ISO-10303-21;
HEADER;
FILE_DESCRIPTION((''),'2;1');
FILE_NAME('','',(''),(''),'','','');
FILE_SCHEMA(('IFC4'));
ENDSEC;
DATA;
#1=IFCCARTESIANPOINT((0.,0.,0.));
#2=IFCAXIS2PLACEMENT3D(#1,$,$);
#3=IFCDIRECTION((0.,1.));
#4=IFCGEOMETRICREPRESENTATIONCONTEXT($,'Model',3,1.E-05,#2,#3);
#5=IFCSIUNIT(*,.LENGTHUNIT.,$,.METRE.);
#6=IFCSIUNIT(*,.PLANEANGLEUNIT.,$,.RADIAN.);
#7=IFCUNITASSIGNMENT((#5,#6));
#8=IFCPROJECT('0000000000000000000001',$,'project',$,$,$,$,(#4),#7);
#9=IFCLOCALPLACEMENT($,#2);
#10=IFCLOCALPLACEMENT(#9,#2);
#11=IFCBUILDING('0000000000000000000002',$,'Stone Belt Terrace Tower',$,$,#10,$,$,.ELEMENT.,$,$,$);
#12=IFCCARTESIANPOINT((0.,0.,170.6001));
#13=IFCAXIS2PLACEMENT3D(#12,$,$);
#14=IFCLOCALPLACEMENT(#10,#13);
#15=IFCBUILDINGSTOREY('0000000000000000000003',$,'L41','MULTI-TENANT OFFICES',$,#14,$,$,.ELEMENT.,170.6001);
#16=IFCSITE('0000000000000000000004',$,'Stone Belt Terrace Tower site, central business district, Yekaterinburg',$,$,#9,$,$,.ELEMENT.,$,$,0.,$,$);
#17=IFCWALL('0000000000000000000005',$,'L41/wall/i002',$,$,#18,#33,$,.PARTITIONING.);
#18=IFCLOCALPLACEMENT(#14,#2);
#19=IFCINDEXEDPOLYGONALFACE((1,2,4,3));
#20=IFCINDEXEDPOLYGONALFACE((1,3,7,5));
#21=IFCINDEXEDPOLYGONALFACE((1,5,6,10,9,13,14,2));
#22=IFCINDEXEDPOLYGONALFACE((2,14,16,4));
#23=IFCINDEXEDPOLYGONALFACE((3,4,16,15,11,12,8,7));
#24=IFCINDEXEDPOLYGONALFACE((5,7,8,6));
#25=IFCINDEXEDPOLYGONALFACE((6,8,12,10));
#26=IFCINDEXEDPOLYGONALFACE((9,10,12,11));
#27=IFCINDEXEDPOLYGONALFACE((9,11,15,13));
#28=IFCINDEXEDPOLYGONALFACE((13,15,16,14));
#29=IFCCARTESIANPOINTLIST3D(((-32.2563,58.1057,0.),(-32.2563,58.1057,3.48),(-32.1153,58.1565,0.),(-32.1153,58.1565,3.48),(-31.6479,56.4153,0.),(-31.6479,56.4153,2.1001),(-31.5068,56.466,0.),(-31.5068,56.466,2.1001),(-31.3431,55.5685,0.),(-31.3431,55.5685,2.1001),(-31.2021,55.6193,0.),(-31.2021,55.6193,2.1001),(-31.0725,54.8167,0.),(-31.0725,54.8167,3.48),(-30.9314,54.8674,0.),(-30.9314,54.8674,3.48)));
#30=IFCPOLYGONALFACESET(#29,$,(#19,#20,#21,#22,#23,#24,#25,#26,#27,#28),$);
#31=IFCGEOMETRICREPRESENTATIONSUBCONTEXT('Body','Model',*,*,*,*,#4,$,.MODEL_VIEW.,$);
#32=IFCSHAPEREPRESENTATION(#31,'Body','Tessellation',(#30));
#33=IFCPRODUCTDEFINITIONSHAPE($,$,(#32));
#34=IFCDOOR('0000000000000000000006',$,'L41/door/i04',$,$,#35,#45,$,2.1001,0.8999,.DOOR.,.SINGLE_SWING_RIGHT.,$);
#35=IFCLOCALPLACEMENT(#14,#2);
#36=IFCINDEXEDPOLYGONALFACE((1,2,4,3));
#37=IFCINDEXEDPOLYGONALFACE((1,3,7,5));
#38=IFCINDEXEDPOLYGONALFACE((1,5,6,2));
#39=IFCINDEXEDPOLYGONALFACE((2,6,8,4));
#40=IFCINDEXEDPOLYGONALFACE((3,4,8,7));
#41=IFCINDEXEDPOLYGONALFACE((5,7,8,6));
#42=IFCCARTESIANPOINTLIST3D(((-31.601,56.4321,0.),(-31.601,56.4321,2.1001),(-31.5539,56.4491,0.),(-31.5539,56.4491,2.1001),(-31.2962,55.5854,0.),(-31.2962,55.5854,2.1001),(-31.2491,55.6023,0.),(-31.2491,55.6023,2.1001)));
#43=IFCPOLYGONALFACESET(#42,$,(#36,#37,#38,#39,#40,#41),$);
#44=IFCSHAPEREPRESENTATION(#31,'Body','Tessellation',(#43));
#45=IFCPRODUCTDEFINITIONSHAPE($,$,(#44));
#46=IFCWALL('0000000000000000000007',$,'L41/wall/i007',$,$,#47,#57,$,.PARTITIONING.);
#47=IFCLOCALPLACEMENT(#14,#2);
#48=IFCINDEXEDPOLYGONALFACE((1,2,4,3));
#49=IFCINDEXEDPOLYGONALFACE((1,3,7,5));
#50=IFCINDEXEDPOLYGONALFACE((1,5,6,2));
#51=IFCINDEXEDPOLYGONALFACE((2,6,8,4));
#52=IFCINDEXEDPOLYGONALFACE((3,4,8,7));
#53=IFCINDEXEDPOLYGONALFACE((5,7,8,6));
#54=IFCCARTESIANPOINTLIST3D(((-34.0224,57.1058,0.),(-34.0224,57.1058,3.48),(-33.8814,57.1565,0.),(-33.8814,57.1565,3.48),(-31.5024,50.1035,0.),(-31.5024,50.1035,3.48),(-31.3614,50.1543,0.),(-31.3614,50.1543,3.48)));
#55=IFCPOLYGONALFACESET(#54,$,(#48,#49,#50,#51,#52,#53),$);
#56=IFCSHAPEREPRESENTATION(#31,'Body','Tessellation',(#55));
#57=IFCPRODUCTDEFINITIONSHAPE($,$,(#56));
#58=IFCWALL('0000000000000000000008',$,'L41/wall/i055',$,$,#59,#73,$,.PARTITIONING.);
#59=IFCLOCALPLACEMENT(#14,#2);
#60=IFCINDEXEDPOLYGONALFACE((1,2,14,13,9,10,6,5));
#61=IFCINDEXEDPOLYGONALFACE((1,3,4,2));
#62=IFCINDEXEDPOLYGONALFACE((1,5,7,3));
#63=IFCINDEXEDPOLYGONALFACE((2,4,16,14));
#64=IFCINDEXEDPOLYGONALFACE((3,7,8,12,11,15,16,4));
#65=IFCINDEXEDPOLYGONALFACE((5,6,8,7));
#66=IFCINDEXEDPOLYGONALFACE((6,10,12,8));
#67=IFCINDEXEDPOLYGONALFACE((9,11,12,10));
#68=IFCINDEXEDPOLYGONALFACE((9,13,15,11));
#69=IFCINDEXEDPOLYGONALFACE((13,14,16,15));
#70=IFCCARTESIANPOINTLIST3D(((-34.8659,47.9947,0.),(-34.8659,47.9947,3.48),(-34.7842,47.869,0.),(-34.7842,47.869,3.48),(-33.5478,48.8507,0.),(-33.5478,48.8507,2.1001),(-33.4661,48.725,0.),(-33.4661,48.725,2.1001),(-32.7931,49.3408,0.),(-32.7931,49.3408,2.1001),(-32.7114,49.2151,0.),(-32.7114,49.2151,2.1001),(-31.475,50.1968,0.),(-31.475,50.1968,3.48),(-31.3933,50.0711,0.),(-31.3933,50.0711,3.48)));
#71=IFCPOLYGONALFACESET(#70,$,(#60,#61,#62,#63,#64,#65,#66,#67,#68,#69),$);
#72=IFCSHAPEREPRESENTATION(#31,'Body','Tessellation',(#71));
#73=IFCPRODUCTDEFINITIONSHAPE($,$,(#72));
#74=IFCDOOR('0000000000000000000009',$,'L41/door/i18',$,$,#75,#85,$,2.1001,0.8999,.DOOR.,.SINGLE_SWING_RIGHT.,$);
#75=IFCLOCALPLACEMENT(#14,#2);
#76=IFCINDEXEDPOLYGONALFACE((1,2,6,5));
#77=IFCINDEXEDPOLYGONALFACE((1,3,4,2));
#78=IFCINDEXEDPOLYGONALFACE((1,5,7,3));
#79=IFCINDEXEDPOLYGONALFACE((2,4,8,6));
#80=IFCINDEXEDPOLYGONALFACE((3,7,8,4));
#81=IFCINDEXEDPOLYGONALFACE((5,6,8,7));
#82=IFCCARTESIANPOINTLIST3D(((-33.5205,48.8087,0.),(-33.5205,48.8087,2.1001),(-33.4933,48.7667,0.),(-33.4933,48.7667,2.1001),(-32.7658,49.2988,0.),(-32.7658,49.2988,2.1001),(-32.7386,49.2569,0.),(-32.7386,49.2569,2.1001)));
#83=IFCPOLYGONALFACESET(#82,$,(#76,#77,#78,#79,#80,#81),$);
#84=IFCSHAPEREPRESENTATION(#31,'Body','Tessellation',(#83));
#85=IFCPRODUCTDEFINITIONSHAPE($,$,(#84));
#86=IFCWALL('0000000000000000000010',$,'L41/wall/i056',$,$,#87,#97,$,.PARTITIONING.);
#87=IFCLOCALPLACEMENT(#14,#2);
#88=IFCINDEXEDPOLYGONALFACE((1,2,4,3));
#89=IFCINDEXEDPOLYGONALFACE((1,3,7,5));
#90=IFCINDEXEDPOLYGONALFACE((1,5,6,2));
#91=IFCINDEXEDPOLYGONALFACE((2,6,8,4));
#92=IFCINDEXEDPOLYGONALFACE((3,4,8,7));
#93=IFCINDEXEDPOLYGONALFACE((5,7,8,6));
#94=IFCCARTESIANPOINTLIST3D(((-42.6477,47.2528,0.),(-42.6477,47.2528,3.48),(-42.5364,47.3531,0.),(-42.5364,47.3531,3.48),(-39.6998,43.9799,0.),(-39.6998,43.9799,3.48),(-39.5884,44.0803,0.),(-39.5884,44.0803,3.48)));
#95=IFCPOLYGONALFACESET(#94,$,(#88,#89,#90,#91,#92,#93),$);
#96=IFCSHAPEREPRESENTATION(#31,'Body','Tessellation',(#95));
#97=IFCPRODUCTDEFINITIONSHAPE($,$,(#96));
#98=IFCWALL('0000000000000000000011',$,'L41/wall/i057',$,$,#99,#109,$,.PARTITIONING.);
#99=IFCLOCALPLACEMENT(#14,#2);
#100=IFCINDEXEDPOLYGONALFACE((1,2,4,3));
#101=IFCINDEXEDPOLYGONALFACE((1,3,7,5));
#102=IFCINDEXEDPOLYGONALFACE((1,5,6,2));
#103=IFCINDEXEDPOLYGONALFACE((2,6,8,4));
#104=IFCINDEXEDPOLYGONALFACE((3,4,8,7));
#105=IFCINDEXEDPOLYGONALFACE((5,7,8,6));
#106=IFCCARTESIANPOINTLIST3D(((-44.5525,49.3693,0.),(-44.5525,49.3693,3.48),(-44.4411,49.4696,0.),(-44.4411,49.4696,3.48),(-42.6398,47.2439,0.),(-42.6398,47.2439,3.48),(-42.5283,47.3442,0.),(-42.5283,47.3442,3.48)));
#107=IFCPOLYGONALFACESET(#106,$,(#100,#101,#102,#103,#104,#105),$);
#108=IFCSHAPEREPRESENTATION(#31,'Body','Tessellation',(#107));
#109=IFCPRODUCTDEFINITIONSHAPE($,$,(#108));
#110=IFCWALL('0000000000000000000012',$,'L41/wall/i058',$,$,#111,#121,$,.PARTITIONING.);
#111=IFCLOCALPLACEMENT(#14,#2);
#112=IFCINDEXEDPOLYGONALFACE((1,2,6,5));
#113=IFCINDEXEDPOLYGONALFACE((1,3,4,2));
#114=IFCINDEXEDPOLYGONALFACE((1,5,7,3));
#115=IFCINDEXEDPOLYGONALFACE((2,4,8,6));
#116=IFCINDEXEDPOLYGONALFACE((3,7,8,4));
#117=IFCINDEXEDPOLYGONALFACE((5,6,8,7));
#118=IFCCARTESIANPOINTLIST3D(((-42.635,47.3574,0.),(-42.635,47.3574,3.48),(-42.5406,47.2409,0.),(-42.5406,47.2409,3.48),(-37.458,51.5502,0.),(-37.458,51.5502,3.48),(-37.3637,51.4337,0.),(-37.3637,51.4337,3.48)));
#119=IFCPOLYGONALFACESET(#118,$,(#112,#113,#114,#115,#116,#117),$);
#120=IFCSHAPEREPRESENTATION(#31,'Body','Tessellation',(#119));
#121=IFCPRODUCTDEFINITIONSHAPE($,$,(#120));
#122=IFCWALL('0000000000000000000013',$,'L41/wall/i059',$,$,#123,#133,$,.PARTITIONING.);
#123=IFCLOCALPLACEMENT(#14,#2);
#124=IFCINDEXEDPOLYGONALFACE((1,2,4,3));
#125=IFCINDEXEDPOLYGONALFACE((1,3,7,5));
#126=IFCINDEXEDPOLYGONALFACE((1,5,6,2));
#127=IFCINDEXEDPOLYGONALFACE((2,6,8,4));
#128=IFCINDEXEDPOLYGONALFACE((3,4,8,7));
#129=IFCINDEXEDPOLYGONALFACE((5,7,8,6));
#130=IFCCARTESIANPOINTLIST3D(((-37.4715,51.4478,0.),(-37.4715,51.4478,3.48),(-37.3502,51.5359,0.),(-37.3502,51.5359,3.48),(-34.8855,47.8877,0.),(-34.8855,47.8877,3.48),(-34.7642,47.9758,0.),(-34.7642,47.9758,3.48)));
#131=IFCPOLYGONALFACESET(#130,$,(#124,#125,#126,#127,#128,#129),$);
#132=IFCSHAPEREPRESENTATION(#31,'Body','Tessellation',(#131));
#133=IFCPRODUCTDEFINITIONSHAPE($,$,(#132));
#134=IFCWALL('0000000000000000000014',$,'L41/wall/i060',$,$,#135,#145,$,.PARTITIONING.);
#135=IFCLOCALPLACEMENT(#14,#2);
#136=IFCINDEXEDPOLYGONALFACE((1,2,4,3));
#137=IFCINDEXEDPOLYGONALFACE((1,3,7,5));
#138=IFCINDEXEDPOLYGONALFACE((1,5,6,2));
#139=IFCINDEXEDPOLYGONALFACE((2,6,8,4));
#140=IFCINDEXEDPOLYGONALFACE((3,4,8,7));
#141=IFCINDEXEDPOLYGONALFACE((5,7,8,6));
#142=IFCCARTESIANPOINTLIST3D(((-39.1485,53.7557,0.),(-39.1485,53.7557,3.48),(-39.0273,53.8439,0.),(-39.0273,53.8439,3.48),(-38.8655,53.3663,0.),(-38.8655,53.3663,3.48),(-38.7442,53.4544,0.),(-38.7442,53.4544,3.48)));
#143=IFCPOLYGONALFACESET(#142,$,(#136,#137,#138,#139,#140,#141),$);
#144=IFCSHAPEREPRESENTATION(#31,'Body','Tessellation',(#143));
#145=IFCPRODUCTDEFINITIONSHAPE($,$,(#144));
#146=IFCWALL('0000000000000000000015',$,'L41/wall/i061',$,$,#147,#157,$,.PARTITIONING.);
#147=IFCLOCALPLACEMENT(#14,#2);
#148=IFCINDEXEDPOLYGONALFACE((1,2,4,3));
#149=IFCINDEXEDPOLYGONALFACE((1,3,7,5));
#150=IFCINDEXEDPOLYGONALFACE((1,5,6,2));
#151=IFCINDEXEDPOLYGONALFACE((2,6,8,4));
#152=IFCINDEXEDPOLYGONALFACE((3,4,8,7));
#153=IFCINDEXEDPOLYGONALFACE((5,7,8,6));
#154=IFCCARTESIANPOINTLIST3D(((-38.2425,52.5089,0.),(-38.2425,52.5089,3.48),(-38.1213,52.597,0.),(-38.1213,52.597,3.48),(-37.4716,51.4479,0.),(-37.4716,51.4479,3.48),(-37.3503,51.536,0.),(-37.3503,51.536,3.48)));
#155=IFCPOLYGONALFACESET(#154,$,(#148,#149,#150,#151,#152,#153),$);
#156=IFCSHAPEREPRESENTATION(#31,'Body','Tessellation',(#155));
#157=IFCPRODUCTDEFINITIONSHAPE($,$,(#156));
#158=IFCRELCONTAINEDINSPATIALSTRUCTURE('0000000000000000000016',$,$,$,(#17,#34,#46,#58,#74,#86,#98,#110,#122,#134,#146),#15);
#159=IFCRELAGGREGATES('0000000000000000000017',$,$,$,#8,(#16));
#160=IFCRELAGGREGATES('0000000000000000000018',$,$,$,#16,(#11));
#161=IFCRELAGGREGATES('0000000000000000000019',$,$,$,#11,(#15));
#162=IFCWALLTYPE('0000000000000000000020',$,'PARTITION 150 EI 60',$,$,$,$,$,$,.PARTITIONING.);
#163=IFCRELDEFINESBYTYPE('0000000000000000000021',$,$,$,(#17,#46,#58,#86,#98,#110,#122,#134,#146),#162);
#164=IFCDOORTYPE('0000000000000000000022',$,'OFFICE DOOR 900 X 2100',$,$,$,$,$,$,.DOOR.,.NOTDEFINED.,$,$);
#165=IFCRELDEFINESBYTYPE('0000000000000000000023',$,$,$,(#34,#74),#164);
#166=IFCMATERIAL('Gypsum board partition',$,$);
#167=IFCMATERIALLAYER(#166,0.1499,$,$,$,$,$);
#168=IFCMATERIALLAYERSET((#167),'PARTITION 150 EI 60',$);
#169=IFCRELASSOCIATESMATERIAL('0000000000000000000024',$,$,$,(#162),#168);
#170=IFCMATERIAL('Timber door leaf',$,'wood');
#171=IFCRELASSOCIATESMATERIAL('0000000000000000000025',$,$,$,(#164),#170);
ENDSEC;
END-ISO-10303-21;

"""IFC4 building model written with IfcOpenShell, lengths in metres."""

from ifc_helpers import new_model, si_unit, direction, frame, frame_2d, origin, place, context, subcontext, project, spatial, rectangle, extrude, material, layer, layer_set, type_object, element, fill, save


model = new_model("IFC4")

# Units and contexts
model_context = context("Model", 3, precision=1e-05, world=origin(), true_north=direction((0.0, 1.0)))
body_context = subcontext(model_context, "Body", "Model", "MODEL_VIEW")
ifc_project = project(units=[si_unit("LENGTHUNIT", "METRE"), si_unit("PLANEANGLEUNIT", "RADIAN")], contexts=[model_context])

# Site, building, storey
site_placement = place(None, origin())
site = spatial("IfcSite", under=ifc_project, at=site_placement, Name="Stone Belt Terrace Tower site, central business district, Yekaterinburg", CompositionType="ELEMENT", RefElevation=0.0)
building_placement = place(site_placement, origin())
building = spatial("IfcBuilding", under=site, at=building_placement, Name="Stone Belt Terrace Tower", CompositionType="ELEMENT")
storey_placement = place(building_placement, frame((0.0, 0.0, 170.6001)))
storey = spatial("IfcBuildingStorey", under=building, at=storey_placement, Name="L41", Description="MULTI-TENANT OFFICES", CompositionType="ELEMENT", Elevation=170.6001)

# Wall, opening, door
ifc_material_1 = material(Name="Gypsum board partition")
ifc_layer_1 = layer(ifc_material_1, 0.1499)
ifc_layer_set_1 = layer_set([ifc_layer_1], Name="PARTITION 150 EI 60")
wall_type = type_object("IfcWallType", Name="PARTITION 150 EI 60", PredefinedType="PARTITIONING", material=ifc_layer_set_1)
wall_1_placement = place(storey_placement, frame((-32.1858, 58.1311, 0.0), z_axis=(0.0, 0.0, 1.0), x_axis=(0.338663, -0.940908, 0.0)))
wall_1 = element("IfcWall", 1, at=wall_1_placement, inside=storey, type_object=wall_type, Name="L41/wall/i002", PredefinedType="PARTITIONING", context=body_context, shape_type="SweptSolid", body=[
    extrude(rectangle(XDim=3.4956, YDim=0.1499, at=frame_2d((1.7478, 0.0))), origin(), (0.0, 0.0, 1.0), 3.48),
])
opening_1_placement = place(wall_1_placement, frame((1.7966, 0.0, 0.0)))
opening_1 = element("IfcOpeningElement", 2, at=opening_1_placement, cuts=wall_1, PredefinedType="OPENING", context=body_context, shape_type="SweptSolid", body=[
    extrude(rectangle(XDim=0.8999, YDim=2.1001, at=frame_2d((0.45, 1.05))), frame((0.0, 0.085, 0.0), z_axis=(0.0, -1.0, 0.0), x_axis=(1.0, 0.0, 0.0)), (0.0, 0.0, 1.0), 0.1699),
])
ifc_material_2 = material(Name="Timber door leaf", Category="wood")
door_type = type_object("IfcDoorType", Name="OFFICE DOOR 900 X 2100", OperationType="NOTDEFINED", PredefinedType="DOOR", material=ifc_material_2)
door_1_placement = place(opening_1_placement, origin())
door_1 = element("IfcDoor", 3, at=door_1_placement, inside=storey, type_object=door_type, Name="L41/door/i04", OperationType="SINGLE_SWING_RIGHT", OverallHeight=2.1001, OverallWidth=0.8999, PredefinedType="DOOR", context=body_context, shape_type="SweptSolid", body=[
    extrude(rectangle(XDim=0.8999, YDim=2.1001, at=frame_2d((0.45, 1.05))), frame((0.0, 0.0249, 0.0), z_axis=(0.0, -1.0, 0.0), x_axis=(1.0, 0.0, 0.0)), (0.0, 0.0, 1.0), 0.05),
])
fill(opening_1, door_1)

# Wall
wall_2_placement = place(storey_placement, frame((-31.4319, 50.1289, 0.0), z_axis=(0.0, 0.0, 1.0), x_axis=(-0.338628, 0.94092, 0.0)))
element("IfcWall", 4, at=wall_2_placement, inside=storey, type_object=wall_type, Name="L41/wall/i007", PredefinedType="PARTITIONING", context=body_context, shape_type="SweptSolid", body=[
    extrude(rectangle(XDim=7.4419, YDim=0.1499, at=frame_2d((3.7209, 0.0))), origin(), (0.0, 0.0, 1.0), 3.48),
])

# Wall, opening, door
wall_3_placement = place(storey_placement, frame((-34.825, 47.9319, 0.0), z_axis=(0.0, 0.0, 1.0), x_axis=(0.83866, 0.544655, 0.0)))
wall_3 = element("IfcWall", 5, at=wall_3_placement, inside=storey, type_object=wall_type, Name="L41/wall/i055", PredefinedType="PARTITIONING", context=body_context, shape_type="SweptSolid", body=[
    extrude(rectangle(XDim=4.0432, YDim=0.1499, at=frame_2d((2.0215, 0.0))), origin(), (0.0, 0.0, 1.0), 3.48),
])
opening_2_placement = place(wall_3_placement, frame((1.5715, 0.0, 0.0)))
opening_2 = element("IfcOpeningElement", 6, at=opening_2_placement, cuts=wall_3, PredefinedType="OPENING", context=body_context, shape_type="SweptSolid", body=[
    extrude(rectangle(XDim=0.8999, YDim=2.1001, at=frame_2d((0.45, 1.05))), frame((0.0, 0.085, 0.0), z_axis=(0.0, -1.0, 0.0), x_axis=(1.0, 0.0, 0.0)), (0.0, 0.0, 1.0), 0.1699),
])
door_2_placement = place(opening_2_placement, origin())
door_2 = element("IfcDoor", 7, at=door_2_placement, inside=storey, type_object=door_type, Name="L41/door/i18", OperationType="SINGLE_SWING_RIGHT", OverallHeight=2.1001, OverallWidth=0.8999, PredefinedType="DOOR", context=body_context, shape_type="SweptSolid", body=[
    extrude(rectangle(XDim=0.8999, YDim=2.1001, at=frame_2d((0.45, 1.05))), frame((0.0, 0.0249, 0.0), z_axis=(0.0, -1.0, 0.0), x_axis=(1.0, 0.0, 0.0)), (0.0, 0.0, 1.0), 0.05),
])
fill(opening_2, door_2)

# Walls
wall_4_placement = place(storey_placement, frame((-42.592, 47.303, 0.0), z_axis=(0.0, 0.0, 1.0), x_axis=(0.669259, -0.74303, 0.0)))
element("IfcWall", 8, at=wall_4_placement, inside=storey, type_object=wall_type, Name="L41/wall/i056", PredefinedType="PARTITIONING", context=body_context, shape_type="SweptSolid", body=[
    extrude(rectangle(XDim=4.4048, YDim=0.1499, at=frame_2d((2.2024, 0.0))), origin(), (0.0, 0.0, 1.0), 3.48),
])
wall_5_placement = place(storey_placement, frame((-44.4968, 49.4194, 0.0), z_axis=(0.0, 0.0, 1.0), x_axis=(0.668946, -0.743311, 0.0)))
element("IfcWall", 9, at=wall_5_placement, inside=storey, type_object=wall_type, Name="L41/wall/i057", PredefinedType="PARTITIONING", context=body_context, shape_type="SweptSolid", body=[
    extrude(rectangle(XDim=2.8594, YDim=0.1499, at=frame_2d((1.4297, 0.0))), origin(), (0.0, 0.0, 1.0), 3.48),
])
wall_6_placement = place(storey_placement, frame((-42.5879, 47.2991, 0.0), z_axis=(0.0, 0.0, 1.0), x_axis=(0.777101, 0.629376, 0.0)))
element("IfcWall", 10, at=wall_6_placement, inside=storey, type_object=wall_type, Name="L41/wall/i058", PredefinedType="PARTITIONING", context=body_context, shape_type="SweptSolid", body=[
    extrude(rectangle(XDim=6.6619, YDim=0.1499, at=frame_2d((3.3311, 0.0))), origin(), (0.0, 0.0, 1.0), 3.48),
])
wall_7_placement = place(storey_placement, frame((-37.4109, 51.4919, 0.0), z_axis=(0.0, 0.0, 1.0), x_axis=(0.587697, -0.809081, 0.0)))
element("IfcWall", 11, at=wall_7_placement, inside=storey, type_object=wall_type, Name="L41/wall/i059", PredefinedType="PARTITIONING", context=body_context, shape_type="SweptSolid", body=[
    extrude(rectangle(XDim=4.4001, YDim=0.1499, at=frame_2d((2.2002, 0.0))), origin(), (0.0, 0.0, 1.0), 3.48),
])
wall_8_placement = place(storey_placement, frame((-39.0879, 53.7998, 0.0), z_axis=(0.0, 0.0, 1.0), x_axis=(0.58784, -0.808977, 0.0)))
element("IfcWall", 12, at=wall_8_placement, inside=storey, type_object=wall_type, Name="L41/wall/i060", PredefinedType="PARTITIONING", context=body_context, shape_type="SweptSolid", body=[
    extrude(rectangle(XDim=0.4814, YDim=0.1499, at=frame_2d((0.2407, 0.0))), origin(), (0.0, 0.0, 1.0), 3.48),
])
wall_9_placement = place(storey_placement, frame((-38.1819, 52.553, 0.0), z_axis=(0.0, 0.0, 1.0), x_axis=(0.58784, -0.808977, 0.0)))
element("IfcWall", 13, at=wall_9_placement, inside=storey, type_object=wall_type, Name="L41/wall/i061", PredefinedType="PARTITIONING", context=body_context, shape_type="SweptSolid", body=[
    extrude(rectangle(XDim=1.3115, YDim=0.1499, at=frame_2d((0.6558, 0.0))), origin(), (0.0, 0.0, 1.0), 3.48),
])

save(model, "model.ifc")
